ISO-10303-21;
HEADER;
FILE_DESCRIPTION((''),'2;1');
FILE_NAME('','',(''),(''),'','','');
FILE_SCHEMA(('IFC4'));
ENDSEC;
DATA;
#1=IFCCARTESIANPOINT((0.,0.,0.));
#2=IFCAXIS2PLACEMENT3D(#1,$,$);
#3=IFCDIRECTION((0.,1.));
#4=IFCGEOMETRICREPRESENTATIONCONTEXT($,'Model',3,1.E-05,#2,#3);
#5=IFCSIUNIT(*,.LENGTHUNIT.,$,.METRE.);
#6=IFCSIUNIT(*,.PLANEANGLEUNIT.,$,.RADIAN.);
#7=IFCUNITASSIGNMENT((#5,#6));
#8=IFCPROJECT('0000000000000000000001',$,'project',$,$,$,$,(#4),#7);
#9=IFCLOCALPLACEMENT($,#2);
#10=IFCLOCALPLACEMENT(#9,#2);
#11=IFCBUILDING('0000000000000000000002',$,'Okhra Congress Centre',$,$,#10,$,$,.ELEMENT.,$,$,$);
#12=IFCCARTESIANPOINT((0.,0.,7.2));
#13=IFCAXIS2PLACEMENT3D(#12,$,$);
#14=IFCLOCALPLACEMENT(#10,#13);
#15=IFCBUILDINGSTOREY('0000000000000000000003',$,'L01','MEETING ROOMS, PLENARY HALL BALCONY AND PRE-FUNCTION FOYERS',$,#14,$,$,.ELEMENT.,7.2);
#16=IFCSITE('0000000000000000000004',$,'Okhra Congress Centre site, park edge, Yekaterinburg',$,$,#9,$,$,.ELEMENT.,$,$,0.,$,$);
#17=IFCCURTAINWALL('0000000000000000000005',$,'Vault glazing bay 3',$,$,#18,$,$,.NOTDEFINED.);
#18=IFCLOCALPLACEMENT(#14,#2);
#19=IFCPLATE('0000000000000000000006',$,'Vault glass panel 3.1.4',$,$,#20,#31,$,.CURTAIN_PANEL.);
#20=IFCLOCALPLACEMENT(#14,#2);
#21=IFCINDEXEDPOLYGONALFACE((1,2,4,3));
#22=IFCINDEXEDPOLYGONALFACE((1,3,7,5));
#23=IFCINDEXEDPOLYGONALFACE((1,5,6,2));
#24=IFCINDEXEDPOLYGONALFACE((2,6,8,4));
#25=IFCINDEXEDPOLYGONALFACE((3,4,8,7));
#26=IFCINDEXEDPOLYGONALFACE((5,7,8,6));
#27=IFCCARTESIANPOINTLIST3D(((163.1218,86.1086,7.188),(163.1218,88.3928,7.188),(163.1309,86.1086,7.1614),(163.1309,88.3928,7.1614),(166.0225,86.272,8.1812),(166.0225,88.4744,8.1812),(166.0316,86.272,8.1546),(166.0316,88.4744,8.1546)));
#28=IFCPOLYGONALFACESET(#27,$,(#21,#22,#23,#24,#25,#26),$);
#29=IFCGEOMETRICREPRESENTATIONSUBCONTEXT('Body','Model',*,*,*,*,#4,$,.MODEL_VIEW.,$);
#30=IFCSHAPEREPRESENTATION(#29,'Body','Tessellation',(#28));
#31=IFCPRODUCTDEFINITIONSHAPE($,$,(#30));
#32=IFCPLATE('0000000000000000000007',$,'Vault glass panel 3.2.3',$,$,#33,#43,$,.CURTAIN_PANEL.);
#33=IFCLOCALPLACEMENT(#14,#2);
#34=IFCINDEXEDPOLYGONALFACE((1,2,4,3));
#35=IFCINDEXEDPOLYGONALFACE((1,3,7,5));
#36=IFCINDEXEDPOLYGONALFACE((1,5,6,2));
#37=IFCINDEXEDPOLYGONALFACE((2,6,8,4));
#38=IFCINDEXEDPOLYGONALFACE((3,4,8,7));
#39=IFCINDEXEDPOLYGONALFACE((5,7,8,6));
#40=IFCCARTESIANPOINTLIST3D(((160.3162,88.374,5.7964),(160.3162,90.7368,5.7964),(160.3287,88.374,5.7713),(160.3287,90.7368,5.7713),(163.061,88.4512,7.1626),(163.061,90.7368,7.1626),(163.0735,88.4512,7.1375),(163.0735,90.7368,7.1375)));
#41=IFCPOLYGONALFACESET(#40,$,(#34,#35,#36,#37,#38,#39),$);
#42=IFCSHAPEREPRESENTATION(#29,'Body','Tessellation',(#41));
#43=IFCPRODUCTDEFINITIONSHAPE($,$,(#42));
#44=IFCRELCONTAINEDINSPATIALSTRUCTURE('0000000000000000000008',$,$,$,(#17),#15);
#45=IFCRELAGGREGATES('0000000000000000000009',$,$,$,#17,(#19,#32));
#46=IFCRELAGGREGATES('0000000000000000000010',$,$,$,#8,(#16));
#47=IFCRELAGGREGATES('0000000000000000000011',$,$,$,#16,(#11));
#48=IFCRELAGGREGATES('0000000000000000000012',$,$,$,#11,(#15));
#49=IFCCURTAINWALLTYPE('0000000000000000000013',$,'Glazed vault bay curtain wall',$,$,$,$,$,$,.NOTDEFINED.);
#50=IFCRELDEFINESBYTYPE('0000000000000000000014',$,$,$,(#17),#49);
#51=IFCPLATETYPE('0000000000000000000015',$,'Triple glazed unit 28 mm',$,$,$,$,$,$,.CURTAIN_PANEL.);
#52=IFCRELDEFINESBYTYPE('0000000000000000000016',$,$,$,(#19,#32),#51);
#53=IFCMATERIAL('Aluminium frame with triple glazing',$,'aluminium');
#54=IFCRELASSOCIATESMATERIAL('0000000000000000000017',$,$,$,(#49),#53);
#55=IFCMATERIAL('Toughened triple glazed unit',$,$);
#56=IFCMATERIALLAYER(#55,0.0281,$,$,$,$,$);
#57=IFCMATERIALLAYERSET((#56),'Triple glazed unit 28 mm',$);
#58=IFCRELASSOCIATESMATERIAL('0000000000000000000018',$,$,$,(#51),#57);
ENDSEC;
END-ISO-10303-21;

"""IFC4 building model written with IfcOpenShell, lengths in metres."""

from ifc_helpers import new_model, si_unit, direction, frame, origin, place, context, subcontext, project, spatial, polyline, outline, extrude, material, layer, layer_set, type_object, element, aggregate, save


model = new_model("IFC4")

# Units and contexts
model_context = context("Model", 3, precision=1e-05, world=origin(), true_north=direction((0.0, 1.0)))
body_context = subcontext(model_context, "Body", "Model", "MODEL_VIEW")
ifc_project = project(units=[si_unit("LENGTHUNIT", "METRE"), si_unit("PLANEANGLEUNIT", "RADIAN")], contexts=[model_context])

# Site, building, storey
site_placement = place(None, origin())
site = spatial("IfcSite", under=ifc_project, at=site_placement, Name="Okhra Congress Centre site, park edge, Yekaterinburg", CompositionType="ELEMENT", RefElevation=0.0)
building_placement = place(site_placement, origin())
building = spatial("IfcBuilding", under=site, at=building_placement, Name="Okhra Congress Centre", CompositionType="ELEMENT")
storey_placement = place(building_placement, frame((0.0, 0.0, 7.2)))
storey = spatial("IfcBuildingStorey", under=building, at=storey_placement, Name="L01", Description="MEETING ROOMS, PLENARY HALL BALCONY AND PRE-FUNCTION FOYERS", CompositionType="ELEMENT", Elevation=7.2)

# Shared definitions
ifc_material_1 = material(Name="Aluminium frame with triple glazing", Category="aluminium")
curtain_wall_type = type_object("IfcCurtainWallType", Name="Glazed vault bay curtain wall", PredefinedType="NOTDEFINED", material=ifc_material_1)

# Curtain wall
curtain_wall_1_placement = place(storey_placement, origin())
curtain_wall_1 = element("IfcCurtainWall", 1, at=curtain_wall_1_placement, inside=storey, type_object=curtain_wall_type, Name="Vault glazing bay 3", PredefinedType="NOTDEFINED")

# Plates
ifc_material_2 = material(Name="Toughened triple glazed unit")
ifc_layer_1 = layer(ifc_material_2, 0.0281)
ifc_layer_set_1 = layer_set([ifc_layer_1], Name="Triple glazed unit 28 mm")
plate_type_1 = type_object("IfcPlateType", Name="Triple glazed unit 28 mm", PredefinedType="CURTAIN_PANEL", material=ifc_layer_set_1)
plate_1_placement = place(storey_placement, frame((163.1218, 86.1086, 7.188), z_axis=(-0.323933, 0.0, 0.94608), x_axis=(0.94474, 0.053197, 0.323475)))
plate_1 = element("IfcPlate", 2, at=plate_1_placement, type_object=plate_type_1, Name="Vault glass panel 3.1.4", PredefinedType="CURTAIN_PANEL", context=body_context, shape_type="SweptSolid", body=[
    extrude(outline(polyline([(0.0, 0.0), (3.0703, 0.0), (3.1875, 2.1993), (0.1215, 2.2809), (0.0, 0.0)])), origin(), (0.0, 0.0, -1.0), 0.0281),
])
plate_2_placement = place(storey_placement, frame((160.3162, 88.374, 5.7964), z_axis=(-0.445588, 0.0, 0.895238), x_axis=(0.894955, 0.025154, 0.445447)))
plate_2 = element("IfcPlate", 3, at=plate_2_placement, type_object=plate_type_1, Name="Vault glass panel 3.2.3", PredefinedType="CURTAIN_PANEL", context=body_context, shape_type="SweptSolid", body=[
    extrude(outline(polyline([(0.0, 0.0), (3.0671, 0.0), (3.1245, 2.2849), (0.0594, 2.362), (0.0, 0.0)])), origin(), (0.0, 0.0, -1.0), 0.0281),
])
aggregate(curtain_wall_1, [plate_1, plate_2])

save(model, "model.ifc")
